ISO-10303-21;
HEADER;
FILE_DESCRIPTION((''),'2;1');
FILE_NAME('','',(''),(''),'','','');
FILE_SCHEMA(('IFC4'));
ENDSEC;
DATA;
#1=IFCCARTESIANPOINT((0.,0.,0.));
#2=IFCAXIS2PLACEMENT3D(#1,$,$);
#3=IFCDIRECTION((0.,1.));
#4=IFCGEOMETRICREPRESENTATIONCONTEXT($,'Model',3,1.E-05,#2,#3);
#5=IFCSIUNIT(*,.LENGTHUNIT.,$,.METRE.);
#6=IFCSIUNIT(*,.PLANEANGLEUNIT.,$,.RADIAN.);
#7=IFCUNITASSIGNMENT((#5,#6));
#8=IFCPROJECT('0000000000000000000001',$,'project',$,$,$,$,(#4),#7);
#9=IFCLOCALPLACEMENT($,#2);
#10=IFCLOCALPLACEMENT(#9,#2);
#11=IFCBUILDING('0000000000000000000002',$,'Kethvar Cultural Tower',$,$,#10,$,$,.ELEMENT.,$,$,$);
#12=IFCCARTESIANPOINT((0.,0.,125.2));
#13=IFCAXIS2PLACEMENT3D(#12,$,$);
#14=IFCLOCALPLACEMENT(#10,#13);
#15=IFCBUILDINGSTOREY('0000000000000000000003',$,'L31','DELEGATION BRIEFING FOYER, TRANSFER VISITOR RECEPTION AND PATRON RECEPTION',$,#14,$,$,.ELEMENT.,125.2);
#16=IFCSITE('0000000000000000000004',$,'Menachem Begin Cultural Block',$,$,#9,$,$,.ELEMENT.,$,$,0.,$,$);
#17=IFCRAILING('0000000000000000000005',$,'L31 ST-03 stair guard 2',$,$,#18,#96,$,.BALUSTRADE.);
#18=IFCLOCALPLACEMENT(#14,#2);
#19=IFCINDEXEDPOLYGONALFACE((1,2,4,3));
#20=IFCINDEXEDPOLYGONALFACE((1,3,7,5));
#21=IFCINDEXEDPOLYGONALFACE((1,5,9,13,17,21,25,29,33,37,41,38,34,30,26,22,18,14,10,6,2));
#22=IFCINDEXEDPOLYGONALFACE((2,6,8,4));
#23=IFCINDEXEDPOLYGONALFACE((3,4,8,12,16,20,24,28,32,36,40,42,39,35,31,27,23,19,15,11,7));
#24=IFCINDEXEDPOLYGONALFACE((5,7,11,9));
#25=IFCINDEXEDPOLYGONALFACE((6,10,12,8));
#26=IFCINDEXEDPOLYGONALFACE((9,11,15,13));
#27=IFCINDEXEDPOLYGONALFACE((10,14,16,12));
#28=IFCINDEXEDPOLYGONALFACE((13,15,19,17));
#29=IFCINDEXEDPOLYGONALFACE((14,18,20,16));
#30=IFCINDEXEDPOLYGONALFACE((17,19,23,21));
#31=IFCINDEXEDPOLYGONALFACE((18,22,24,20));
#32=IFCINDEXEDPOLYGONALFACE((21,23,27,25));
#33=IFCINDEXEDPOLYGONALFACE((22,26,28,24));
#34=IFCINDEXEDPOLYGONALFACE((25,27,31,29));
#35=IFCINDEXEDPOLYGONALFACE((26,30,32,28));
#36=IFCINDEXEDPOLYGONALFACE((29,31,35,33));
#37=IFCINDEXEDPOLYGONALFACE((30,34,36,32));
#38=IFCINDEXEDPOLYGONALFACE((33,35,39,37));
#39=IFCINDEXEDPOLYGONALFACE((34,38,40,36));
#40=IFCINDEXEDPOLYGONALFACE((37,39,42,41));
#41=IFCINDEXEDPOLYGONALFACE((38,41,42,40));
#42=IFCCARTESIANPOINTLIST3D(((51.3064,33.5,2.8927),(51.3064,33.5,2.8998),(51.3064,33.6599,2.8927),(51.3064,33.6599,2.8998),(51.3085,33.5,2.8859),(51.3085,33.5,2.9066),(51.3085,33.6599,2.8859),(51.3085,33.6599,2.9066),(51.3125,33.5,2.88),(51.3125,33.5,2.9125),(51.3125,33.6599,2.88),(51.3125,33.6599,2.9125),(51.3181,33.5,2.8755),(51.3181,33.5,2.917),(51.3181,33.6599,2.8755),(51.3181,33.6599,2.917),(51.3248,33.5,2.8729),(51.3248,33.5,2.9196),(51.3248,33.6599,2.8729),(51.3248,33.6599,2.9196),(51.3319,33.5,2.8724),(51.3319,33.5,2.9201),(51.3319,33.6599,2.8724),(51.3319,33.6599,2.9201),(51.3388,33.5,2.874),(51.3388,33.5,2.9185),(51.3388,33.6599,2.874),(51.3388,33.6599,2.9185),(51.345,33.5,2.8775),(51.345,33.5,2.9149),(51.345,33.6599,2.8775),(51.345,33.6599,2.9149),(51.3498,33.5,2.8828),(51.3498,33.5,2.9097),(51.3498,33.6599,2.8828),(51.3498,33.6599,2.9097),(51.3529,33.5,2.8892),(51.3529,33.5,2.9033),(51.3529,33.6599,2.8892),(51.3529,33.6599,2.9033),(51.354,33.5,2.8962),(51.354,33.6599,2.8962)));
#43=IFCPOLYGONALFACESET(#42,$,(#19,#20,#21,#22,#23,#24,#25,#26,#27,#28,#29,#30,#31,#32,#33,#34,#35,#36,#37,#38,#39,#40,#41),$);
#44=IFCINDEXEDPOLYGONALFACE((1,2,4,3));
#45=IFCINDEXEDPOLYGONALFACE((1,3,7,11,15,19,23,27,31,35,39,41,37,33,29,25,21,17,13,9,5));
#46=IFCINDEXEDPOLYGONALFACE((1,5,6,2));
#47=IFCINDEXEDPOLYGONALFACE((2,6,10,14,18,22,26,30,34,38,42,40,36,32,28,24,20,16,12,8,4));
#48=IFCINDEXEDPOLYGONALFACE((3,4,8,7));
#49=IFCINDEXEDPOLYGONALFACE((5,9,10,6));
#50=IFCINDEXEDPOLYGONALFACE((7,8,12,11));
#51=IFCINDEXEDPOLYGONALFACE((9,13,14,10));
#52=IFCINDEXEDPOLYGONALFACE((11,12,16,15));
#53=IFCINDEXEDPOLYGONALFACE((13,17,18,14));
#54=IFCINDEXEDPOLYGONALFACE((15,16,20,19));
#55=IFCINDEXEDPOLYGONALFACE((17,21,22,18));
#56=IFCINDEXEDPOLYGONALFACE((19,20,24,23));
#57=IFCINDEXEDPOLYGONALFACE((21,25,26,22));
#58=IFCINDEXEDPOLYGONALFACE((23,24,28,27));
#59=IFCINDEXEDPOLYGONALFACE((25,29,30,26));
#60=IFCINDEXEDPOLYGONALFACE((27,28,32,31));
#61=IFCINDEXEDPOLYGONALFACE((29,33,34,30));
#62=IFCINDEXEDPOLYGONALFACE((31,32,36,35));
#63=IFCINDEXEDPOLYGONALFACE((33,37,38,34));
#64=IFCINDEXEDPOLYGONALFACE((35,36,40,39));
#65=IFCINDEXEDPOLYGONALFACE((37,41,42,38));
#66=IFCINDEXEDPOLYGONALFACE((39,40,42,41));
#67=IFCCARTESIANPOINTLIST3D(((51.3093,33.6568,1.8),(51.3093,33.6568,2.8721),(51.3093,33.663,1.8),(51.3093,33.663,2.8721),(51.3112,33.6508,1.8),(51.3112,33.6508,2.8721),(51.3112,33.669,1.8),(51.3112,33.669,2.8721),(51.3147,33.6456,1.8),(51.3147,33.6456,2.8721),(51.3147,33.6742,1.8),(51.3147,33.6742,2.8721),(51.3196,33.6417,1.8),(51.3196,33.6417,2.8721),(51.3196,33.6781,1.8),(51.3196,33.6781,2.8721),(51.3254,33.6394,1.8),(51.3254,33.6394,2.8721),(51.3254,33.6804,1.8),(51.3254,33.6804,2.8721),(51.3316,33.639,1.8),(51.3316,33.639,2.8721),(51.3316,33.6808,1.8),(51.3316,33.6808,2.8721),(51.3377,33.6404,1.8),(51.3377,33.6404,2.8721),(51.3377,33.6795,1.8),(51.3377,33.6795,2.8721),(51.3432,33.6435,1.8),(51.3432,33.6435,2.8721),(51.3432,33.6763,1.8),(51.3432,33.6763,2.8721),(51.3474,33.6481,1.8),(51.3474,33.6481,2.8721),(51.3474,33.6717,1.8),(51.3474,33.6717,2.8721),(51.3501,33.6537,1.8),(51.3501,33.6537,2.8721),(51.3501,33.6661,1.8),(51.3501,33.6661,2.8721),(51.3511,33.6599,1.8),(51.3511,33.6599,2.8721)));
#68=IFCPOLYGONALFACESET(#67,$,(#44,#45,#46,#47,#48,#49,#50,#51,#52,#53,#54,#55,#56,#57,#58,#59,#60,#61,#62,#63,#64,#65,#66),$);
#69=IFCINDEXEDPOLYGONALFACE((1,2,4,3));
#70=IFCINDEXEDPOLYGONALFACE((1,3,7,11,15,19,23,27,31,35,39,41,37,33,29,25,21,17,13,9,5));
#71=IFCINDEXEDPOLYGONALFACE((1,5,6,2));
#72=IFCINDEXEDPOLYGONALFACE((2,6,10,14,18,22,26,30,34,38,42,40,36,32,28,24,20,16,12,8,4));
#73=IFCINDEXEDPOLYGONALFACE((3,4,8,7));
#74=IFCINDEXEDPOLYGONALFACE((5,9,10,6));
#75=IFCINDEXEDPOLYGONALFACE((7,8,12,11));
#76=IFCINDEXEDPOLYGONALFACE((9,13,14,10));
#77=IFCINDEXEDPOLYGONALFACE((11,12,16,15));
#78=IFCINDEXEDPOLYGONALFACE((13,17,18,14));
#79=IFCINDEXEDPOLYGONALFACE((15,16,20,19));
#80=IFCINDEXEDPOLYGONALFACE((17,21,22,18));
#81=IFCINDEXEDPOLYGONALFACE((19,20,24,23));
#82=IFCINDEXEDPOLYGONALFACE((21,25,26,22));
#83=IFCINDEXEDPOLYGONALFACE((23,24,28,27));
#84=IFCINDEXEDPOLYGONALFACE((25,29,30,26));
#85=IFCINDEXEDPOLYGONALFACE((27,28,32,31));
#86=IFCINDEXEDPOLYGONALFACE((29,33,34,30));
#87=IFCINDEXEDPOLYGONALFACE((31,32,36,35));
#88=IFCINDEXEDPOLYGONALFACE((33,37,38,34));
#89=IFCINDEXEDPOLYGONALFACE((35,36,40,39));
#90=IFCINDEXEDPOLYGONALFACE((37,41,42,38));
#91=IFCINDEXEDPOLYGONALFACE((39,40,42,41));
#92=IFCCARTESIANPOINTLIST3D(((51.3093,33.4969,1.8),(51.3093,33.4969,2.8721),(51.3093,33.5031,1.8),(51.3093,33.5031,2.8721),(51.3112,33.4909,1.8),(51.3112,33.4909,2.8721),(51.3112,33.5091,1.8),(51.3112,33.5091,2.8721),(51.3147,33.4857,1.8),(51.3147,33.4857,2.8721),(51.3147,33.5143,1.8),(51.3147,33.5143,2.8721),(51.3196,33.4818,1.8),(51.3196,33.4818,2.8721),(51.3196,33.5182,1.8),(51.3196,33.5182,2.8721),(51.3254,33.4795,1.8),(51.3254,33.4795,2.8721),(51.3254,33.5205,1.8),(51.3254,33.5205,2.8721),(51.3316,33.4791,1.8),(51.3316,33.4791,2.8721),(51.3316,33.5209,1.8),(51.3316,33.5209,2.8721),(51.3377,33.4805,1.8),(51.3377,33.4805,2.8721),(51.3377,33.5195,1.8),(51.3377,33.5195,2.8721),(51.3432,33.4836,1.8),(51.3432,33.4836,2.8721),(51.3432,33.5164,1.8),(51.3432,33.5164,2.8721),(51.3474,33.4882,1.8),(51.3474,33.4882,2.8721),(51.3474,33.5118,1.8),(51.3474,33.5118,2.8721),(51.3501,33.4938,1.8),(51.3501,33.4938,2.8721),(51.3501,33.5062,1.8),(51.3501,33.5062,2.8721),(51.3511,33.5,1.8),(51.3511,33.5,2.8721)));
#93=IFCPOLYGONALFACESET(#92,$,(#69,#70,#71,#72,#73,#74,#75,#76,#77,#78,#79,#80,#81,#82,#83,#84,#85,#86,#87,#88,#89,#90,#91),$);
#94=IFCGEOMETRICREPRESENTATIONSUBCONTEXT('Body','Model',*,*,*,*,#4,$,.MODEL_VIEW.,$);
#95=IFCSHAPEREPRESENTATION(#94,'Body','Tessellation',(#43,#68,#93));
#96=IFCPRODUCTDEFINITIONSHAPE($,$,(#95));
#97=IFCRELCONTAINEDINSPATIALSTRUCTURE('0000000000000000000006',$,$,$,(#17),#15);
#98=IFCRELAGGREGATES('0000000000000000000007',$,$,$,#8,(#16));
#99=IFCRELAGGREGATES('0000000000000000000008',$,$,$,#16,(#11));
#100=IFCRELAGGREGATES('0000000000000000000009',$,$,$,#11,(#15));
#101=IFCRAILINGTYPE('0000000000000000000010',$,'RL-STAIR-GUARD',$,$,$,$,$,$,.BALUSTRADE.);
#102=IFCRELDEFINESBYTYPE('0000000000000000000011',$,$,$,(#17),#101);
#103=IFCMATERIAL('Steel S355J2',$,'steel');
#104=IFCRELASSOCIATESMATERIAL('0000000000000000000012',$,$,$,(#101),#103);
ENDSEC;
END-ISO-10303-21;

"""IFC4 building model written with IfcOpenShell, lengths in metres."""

from ifc_helpers import new_model, si_unit, direction, frame, origin, origin_2d, place, context, subcontext, project, spatial, circle, extrude, material, type_object, element, save


model = new_model("IFC4")

# Units and contexts
model_context = context("Model", 3, precision=1e-05, world=origin(), true_north=direction((0.0, 1.0)))
body_context = subcontext(model_context, "Body", "Model", "MODEL_VIEW")
ifc_project = project(units=[si_unit("LENGTHUNIT", "METRE"), si_unit("PLANEANGLEUNIT", "RADIAN")], contexts=[model_context])

# Site, building, storey
site_placement = place(None, origin())
site = spatial("IfcSite", under=ifc_project, at=site_placement, Name="Menachem Begin Cultural Block", CompositionType="ELEMENT", RefElevation=0.0)
building_placement = place(site_placement, origin())
building = spatial("IfcBuilding", under=site, at=building_placement, Name="Kethvar Cultural Tower", CompositionType="ELEMENT")
storey_placement = place(building_placement, frame((0.0, 0.0, 125.2)))
storey = spatial("IfcBuildingStorey", under=building, at=storey_placement, Name="L31", Description="DELEGATION BRIEFING FOYER, TRANSFER VISITOR RECEPTION AND PATRON RECEPTION", CompositionType="ELEMENT", Elevation=125.2)

# Shared definitions
ifc_material_1 = material(Name="Steel S355J2", Category="steel")

# Railing
railing_type_1 = type_object("IfcRailingType", Name="RL-STAIR-GUARD", PredefinedType="BALUSTRADE", material=ifc_material_1)
railing_1_placement = place(storey_placement, frame((51.3301, 33.6599, 1.8)))
element("IfcRailing", 1, at=railing_1_placement, inside=storey, type_object=railing_type_1, Name="L31 ST-03 stair guard 2", PredefinedType="BALUSTRADE", context=body_context, shape_type="SweptSolid", body=[
    extrude(circle(Radius=0.0239, at=origin_2d()), frame((0.0, 0.0, 1.0962), z_axis=(0.0, -1.0, 0.0), x_axis=(1.0, 0.0, 0.0)), (0.0, 0.0, 1.0), 0.1599),
    extrude(circle(Radius=0.021, at=origin_2d()), origin(), (0.0, 0.0, 1.0), 1.072),
    extrude(circle(Radius=0.021, at=origin_2d()), frame((0.0, -0.1599, 0.0)), (0.0, 0.0, 1.0), 1.072),
])

save(model, "model.ifc")
